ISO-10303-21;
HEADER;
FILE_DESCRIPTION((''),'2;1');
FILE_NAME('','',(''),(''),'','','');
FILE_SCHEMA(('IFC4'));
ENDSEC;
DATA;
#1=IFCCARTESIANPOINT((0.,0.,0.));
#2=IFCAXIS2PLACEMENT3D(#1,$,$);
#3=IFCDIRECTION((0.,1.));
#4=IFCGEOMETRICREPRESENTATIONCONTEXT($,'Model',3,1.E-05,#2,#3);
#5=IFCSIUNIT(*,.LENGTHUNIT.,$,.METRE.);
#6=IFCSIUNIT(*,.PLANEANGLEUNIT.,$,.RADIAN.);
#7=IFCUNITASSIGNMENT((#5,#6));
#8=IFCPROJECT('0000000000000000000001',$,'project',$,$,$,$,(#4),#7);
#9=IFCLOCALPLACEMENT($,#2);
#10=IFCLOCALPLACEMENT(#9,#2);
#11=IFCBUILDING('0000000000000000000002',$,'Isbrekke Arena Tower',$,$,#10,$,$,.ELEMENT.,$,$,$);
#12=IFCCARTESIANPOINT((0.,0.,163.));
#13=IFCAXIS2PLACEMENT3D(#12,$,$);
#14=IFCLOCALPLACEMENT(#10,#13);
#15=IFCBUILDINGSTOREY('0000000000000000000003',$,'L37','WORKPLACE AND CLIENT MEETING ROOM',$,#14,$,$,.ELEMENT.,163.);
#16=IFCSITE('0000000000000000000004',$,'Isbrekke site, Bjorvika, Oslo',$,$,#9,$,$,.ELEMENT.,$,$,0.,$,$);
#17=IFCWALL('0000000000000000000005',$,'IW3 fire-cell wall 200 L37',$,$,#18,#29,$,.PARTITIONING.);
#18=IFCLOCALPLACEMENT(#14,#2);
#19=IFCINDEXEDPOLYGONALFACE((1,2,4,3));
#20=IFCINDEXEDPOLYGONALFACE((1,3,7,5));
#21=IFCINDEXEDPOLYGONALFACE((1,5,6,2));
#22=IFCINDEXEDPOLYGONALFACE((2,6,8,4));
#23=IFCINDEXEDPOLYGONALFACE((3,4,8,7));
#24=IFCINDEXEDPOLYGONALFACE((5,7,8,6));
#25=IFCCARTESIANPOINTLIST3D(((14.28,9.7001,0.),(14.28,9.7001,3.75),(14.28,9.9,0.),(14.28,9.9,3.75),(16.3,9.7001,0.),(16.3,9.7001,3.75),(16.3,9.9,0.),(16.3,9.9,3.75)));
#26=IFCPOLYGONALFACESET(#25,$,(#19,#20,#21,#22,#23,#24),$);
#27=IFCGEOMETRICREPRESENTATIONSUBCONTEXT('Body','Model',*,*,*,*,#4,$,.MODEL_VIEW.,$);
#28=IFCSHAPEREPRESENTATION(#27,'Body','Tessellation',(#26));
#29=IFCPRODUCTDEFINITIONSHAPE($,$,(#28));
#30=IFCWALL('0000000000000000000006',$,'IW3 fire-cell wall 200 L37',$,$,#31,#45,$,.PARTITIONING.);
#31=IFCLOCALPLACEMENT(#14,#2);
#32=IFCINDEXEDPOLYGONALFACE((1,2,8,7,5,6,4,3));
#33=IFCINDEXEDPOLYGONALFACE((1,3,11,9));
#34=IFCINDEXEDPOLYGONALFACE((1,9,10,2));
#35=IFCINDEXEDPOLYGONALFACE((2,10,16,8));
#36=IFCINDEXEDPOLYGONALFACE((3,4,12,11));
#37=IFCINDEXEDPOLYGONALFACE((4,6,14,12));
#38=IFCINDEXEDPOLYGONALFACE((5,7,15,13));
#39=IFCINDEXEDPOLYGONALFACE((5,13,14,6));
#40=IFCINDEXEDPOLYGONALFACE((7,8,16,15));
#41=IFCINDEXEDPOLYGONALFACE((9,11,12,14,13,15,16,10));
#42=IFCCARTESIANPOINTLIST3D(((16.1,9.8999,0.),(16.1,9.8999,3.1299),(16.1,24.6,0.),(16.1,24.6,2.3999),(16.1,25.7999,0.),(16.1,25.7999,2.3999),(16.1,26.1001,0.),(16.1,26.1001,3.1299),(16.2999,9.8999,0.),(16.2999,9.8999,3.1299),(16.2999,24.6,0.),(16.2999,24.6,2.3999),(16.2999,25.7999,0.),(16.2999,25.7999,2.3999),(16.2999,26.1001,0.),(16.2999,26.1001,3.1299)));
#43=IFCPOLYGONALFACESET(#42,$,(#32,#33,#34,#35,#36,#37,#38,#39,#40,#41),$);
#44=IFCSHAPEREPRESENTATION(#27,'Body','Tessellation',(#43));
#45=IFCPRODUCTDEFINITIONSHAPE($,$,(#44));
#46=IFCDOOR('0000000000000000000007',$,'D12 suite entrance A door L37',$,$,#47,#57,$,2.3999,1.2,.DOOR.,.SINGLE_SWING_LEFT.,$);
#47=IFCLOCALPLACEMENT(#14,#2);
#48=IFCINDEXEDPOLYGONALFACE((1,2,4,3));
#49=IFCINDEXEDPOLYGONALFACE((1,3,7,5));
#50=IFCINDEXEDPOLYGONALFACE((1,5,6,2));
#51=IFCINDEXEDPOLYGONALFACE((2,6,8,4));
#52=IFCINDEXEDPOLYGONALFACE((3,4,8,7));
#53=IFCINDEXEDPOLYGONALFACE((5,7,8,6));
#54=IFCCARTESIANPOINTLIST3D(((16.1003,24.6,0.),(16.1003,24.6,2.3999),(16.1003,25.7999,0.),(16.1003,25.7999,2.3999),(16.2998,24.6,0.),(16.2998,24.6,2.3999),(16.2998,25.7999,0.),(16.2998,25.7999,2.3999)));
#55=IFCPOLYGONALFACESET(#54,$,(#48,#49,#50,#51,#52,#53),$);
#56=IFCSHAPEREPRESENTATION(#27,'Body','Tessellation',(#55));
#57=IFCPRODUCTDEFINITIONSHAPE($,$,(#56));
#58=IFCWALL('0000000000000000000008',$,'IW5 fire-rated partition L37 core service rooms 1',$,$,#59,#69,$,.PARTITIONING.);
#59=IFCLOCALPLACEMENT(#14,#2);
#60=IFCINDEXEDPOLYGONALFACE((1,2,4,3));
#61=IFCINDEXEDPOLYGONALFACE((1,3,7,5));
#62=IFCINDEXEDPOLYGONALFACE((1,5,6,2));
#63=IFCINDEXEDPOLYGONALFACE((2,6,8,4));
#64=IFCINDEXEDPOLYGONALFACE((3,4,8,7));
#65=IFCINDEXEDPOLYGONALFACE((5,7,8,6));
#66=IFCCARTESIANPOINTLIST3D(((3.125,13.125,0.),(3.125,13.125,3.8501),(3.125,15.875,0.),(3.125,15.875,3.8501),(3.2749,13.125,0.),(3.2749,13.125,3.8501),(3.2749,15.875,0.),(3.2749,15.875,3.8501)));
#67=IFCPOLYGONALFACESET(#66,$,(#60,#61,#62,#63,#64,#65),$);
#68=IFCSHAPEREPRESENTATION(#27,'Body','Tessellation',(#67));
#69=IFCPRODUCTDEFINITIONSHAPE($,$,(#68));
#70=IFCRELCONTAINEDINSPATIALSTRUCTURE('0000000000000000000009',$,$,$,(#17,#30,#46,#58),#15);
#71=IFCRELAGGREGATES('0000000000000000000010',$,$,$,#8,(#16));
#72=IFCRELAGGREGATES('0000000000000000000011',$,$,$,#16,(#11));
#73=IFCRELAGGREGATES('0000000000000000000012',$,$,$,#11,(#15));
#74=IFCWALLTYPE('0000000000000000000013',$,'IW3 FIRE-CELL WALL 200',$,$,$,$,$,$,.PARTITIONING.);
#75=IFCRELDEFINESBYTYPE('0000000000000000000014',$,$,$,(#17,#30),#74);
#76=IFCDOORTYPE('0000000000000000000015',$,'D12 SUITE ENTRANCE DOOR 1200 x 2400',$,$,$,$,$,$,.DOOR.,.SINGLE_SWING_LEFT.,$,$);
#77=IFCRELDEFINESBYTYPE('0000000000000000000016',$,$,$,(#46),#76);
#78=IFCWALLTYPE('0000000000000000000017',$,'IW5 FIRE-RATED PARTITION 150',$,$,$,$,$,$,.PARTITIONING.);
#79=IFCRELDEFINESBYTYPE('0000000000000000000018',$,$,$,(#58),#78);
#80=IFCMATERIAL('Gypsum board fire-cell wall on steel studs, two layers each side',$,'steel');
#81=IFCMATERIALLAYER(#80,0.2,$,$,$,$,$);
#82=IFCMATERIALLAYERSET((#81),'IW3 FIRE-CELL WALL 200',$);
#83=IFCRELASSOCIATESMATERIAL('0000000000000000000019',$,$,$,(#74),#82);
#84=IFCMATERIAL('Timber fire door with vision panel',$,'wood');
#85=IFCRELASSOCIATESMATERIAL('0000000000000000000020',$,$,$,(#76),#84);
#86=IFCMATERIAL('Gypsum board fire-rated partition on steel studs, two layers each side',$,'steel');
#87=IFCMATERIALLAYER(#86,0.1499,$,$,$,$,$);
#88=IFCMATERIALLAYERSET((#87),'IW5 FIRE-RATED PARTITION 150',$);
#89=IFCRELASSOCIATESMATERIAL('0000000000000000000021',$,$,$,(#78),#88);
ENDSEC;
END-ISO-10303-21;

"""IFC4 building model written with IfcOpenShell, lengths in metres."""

from ifc_helpers import new_model, si_unit, direction, frame, frame_2d, origin, place, context, subcontext, project, spatial, rectangle, extrude, material, layer, layer_set, type_object, element, fill, save


model = new_model("IFC4")

# Units and contexts
model_context = context("Model", 3, precision=1e-05, world=origin(), true_north=direction((0.0, 1.0)))
body_context = subcontext(model_context, "Body", "Model", "MODEL_VIEW")
ifc_project = project(units=[si_unit("LENGTHUNIT", "METRE"), si_unit("PLANEANGLEUNIT", "RADIAN")], contexts=[model_context])

# Site, building, storey
site_placement = place(None, origin())
site = spatial("IfcSite", under=ifc_project, at=site_placement, Name="Isbrekke site, Bjorvika, Oslo", CompositionType="ELEMENT", RefElevation=0.0)
building_placement = place(site_placement, origin())
building = spatial("IfcBuilding", under=site, at=building_placement, Name="Isbrekke Arena Tower", CompositionType="ELEMENT")
storey_placement = place(building_placement, frame((0.0, 0.0, 163.0)))
storey = spatial("IfcBuildingStorey", under=building, at=storey_placement, Name="L37", Description="WORKPLACE AND CLIENT MEETING ROOM", CompositionType="ELEMENT", Elevation=163.0)

# Wall
ifc_material_1 = material(Name="Gypsum board fire-cell wall on steel studs, two layers each side", Category="steel")
ifc_layer_1 = layer(ifc_material_1, 0.2)
ifc_layer_set_1 = layer_set([ifc_layer_1], Name="IW3 FIRE-CELL WALL 200")
wall_type_1 = type_object("IfcWallType", Name="IW3 FIRE-CELL WALL 200", PredefinedType="PARTITIONING", material=ifc_layer_set_1)
wall_1_placement = place(storey_placement, frame((14.28, 9.8, 0.0), z_axis=(0.0, 0.0, 1.0), x_axis=(1.0, 0.0, 0.0)))
element("IfcWall", 1, at=wall_1_placement, inside=storey, type_object=wall_type_1, Name="IW3 fire-cell wall 200 L37", PredefinedType="PARTITIONING", context=body_context, shape_type="SweptSolid", body=[
    extrude(rectangle(XDim=2.02, YDim=0.2, at=frame_2d((1.01, 0.0))), origin(), (0.0, 0.0, 1.0), 3.75),
])

# Wall, opening, door
wall_2_placement = place(storey_placement, frame((16.2, 9.8999, 0.0), z_axis=(0.0, 0.0, 1.0), x_axis=(0.0, 1.0, 0.0)))
wall_2 = element("IfcWall", 2, at=wall_2_placement, inside=storey, type_object=wall_type_1, Name="IW3 fire-cell wall 200 L37", PredefinedType="PARTITIONING", context=body_context, shape_type="SweptSolid", body=[
    extrude(rectangle(XDim=16.2002, YDim=0.2, at=frame_2d((8.1001, 0.0))), origin(), (0.0, 0.0, 1.0), 3.1299),
])
opening_1_placement = place(wall_2_placement, frame((14.7, 0.0, 0.0)))
opening_1 = element("IfcOpeningElement", 3, at=opening_1_placement, cuts=wall_2, PredefinedType="OPENING", context=body_context, shape_type="SweptSolid", body=[
    extrude(rectangle(XDim=1.2, YDim=2.3999, at=frame_2d((0.6001, 1.2))), frame((0.0, 0.1147, 0.0), z_axis=(0.0, -1.0, 0.0), x_axis=(1.0, 0.0, 0.0)), (0.0, 0.0, 1.0), 0.2297),
])
ifc_material_2 = material(Name="Timber fire door with vision panel", Category="wood")
door_type_1 = type_object("IfcDoorType", Name="D12 SUITE ENTRANCE DOOR 1200 x 2400", OperationType="SINGLE_SWING_LEFT", PredefinedType="DOOR", material=ifc_material_2)
door_1_placement = place(opening_1_placement, origin())
door_1 = element("IfcDoor", 4, at=door_1_placement, inside=storey, type_object=door_type_1, Name="D12 suite entrance A door L37", OperationType="SINGLE_SWING_LEFT", OverallHeight=2.3999, OverallWidth=1.2, PredefinedType="DOOR", context=body_context, shape_type="SweptSolid", body=[
    extrude(rectangle(XDim=1.2, YDim=2.3999, at=frame_2d((0.6001, 1.2))), frame((0.0, 0.0996, 0.0), z_axis=(0.0, -1.0, 0.0), x_axis=(1.0, 0.0, 0.0)), (0.0, 0.0, 1.0), 0.1995),
])
fill(opening_1, door_1)

# Wall
ifc_material_3 = material(Name="Gypsum board fire-rated partition on steel studs, two layers each side", Category="steel")
ifc_layer_2 = layer(ifc_material_3, 0.1499)
ifc_layer_set_2 = layer_set([ifc_layer_2], Name="IW5 FIRE-RATED PARTITION 150")
wall_type_2 = type_object("IfcWallType", Name="IW5 FIRE-RATED PARTITION 150", PredefinedType="PARTITIONING", material=ifc_layer_set_2)
wall_3_placement = place(storey_placement, frame((3.2, 13.125, 0.0), z_axis=(0.0, 0.0, 1.0), x_axis=(0.0, 1.0, 0.0)))
element("IfcWall", 5, at=wall_3_placement, inside=storey, type_object=wall_type_2, Name="IW5 fire-rated partition L37 core service rooms 1", PredefinedType="PARTITIONING", context=body_context, shape_type="SweptSolid", body=[
    extrude(rectangle(XDim=2.75, YDim=0.1499, at=frame_2d((1.375, 0.0))), origin(), (0.0, 0.0, 1.0), 3.8501),
])

save(model, "model.ifc")
